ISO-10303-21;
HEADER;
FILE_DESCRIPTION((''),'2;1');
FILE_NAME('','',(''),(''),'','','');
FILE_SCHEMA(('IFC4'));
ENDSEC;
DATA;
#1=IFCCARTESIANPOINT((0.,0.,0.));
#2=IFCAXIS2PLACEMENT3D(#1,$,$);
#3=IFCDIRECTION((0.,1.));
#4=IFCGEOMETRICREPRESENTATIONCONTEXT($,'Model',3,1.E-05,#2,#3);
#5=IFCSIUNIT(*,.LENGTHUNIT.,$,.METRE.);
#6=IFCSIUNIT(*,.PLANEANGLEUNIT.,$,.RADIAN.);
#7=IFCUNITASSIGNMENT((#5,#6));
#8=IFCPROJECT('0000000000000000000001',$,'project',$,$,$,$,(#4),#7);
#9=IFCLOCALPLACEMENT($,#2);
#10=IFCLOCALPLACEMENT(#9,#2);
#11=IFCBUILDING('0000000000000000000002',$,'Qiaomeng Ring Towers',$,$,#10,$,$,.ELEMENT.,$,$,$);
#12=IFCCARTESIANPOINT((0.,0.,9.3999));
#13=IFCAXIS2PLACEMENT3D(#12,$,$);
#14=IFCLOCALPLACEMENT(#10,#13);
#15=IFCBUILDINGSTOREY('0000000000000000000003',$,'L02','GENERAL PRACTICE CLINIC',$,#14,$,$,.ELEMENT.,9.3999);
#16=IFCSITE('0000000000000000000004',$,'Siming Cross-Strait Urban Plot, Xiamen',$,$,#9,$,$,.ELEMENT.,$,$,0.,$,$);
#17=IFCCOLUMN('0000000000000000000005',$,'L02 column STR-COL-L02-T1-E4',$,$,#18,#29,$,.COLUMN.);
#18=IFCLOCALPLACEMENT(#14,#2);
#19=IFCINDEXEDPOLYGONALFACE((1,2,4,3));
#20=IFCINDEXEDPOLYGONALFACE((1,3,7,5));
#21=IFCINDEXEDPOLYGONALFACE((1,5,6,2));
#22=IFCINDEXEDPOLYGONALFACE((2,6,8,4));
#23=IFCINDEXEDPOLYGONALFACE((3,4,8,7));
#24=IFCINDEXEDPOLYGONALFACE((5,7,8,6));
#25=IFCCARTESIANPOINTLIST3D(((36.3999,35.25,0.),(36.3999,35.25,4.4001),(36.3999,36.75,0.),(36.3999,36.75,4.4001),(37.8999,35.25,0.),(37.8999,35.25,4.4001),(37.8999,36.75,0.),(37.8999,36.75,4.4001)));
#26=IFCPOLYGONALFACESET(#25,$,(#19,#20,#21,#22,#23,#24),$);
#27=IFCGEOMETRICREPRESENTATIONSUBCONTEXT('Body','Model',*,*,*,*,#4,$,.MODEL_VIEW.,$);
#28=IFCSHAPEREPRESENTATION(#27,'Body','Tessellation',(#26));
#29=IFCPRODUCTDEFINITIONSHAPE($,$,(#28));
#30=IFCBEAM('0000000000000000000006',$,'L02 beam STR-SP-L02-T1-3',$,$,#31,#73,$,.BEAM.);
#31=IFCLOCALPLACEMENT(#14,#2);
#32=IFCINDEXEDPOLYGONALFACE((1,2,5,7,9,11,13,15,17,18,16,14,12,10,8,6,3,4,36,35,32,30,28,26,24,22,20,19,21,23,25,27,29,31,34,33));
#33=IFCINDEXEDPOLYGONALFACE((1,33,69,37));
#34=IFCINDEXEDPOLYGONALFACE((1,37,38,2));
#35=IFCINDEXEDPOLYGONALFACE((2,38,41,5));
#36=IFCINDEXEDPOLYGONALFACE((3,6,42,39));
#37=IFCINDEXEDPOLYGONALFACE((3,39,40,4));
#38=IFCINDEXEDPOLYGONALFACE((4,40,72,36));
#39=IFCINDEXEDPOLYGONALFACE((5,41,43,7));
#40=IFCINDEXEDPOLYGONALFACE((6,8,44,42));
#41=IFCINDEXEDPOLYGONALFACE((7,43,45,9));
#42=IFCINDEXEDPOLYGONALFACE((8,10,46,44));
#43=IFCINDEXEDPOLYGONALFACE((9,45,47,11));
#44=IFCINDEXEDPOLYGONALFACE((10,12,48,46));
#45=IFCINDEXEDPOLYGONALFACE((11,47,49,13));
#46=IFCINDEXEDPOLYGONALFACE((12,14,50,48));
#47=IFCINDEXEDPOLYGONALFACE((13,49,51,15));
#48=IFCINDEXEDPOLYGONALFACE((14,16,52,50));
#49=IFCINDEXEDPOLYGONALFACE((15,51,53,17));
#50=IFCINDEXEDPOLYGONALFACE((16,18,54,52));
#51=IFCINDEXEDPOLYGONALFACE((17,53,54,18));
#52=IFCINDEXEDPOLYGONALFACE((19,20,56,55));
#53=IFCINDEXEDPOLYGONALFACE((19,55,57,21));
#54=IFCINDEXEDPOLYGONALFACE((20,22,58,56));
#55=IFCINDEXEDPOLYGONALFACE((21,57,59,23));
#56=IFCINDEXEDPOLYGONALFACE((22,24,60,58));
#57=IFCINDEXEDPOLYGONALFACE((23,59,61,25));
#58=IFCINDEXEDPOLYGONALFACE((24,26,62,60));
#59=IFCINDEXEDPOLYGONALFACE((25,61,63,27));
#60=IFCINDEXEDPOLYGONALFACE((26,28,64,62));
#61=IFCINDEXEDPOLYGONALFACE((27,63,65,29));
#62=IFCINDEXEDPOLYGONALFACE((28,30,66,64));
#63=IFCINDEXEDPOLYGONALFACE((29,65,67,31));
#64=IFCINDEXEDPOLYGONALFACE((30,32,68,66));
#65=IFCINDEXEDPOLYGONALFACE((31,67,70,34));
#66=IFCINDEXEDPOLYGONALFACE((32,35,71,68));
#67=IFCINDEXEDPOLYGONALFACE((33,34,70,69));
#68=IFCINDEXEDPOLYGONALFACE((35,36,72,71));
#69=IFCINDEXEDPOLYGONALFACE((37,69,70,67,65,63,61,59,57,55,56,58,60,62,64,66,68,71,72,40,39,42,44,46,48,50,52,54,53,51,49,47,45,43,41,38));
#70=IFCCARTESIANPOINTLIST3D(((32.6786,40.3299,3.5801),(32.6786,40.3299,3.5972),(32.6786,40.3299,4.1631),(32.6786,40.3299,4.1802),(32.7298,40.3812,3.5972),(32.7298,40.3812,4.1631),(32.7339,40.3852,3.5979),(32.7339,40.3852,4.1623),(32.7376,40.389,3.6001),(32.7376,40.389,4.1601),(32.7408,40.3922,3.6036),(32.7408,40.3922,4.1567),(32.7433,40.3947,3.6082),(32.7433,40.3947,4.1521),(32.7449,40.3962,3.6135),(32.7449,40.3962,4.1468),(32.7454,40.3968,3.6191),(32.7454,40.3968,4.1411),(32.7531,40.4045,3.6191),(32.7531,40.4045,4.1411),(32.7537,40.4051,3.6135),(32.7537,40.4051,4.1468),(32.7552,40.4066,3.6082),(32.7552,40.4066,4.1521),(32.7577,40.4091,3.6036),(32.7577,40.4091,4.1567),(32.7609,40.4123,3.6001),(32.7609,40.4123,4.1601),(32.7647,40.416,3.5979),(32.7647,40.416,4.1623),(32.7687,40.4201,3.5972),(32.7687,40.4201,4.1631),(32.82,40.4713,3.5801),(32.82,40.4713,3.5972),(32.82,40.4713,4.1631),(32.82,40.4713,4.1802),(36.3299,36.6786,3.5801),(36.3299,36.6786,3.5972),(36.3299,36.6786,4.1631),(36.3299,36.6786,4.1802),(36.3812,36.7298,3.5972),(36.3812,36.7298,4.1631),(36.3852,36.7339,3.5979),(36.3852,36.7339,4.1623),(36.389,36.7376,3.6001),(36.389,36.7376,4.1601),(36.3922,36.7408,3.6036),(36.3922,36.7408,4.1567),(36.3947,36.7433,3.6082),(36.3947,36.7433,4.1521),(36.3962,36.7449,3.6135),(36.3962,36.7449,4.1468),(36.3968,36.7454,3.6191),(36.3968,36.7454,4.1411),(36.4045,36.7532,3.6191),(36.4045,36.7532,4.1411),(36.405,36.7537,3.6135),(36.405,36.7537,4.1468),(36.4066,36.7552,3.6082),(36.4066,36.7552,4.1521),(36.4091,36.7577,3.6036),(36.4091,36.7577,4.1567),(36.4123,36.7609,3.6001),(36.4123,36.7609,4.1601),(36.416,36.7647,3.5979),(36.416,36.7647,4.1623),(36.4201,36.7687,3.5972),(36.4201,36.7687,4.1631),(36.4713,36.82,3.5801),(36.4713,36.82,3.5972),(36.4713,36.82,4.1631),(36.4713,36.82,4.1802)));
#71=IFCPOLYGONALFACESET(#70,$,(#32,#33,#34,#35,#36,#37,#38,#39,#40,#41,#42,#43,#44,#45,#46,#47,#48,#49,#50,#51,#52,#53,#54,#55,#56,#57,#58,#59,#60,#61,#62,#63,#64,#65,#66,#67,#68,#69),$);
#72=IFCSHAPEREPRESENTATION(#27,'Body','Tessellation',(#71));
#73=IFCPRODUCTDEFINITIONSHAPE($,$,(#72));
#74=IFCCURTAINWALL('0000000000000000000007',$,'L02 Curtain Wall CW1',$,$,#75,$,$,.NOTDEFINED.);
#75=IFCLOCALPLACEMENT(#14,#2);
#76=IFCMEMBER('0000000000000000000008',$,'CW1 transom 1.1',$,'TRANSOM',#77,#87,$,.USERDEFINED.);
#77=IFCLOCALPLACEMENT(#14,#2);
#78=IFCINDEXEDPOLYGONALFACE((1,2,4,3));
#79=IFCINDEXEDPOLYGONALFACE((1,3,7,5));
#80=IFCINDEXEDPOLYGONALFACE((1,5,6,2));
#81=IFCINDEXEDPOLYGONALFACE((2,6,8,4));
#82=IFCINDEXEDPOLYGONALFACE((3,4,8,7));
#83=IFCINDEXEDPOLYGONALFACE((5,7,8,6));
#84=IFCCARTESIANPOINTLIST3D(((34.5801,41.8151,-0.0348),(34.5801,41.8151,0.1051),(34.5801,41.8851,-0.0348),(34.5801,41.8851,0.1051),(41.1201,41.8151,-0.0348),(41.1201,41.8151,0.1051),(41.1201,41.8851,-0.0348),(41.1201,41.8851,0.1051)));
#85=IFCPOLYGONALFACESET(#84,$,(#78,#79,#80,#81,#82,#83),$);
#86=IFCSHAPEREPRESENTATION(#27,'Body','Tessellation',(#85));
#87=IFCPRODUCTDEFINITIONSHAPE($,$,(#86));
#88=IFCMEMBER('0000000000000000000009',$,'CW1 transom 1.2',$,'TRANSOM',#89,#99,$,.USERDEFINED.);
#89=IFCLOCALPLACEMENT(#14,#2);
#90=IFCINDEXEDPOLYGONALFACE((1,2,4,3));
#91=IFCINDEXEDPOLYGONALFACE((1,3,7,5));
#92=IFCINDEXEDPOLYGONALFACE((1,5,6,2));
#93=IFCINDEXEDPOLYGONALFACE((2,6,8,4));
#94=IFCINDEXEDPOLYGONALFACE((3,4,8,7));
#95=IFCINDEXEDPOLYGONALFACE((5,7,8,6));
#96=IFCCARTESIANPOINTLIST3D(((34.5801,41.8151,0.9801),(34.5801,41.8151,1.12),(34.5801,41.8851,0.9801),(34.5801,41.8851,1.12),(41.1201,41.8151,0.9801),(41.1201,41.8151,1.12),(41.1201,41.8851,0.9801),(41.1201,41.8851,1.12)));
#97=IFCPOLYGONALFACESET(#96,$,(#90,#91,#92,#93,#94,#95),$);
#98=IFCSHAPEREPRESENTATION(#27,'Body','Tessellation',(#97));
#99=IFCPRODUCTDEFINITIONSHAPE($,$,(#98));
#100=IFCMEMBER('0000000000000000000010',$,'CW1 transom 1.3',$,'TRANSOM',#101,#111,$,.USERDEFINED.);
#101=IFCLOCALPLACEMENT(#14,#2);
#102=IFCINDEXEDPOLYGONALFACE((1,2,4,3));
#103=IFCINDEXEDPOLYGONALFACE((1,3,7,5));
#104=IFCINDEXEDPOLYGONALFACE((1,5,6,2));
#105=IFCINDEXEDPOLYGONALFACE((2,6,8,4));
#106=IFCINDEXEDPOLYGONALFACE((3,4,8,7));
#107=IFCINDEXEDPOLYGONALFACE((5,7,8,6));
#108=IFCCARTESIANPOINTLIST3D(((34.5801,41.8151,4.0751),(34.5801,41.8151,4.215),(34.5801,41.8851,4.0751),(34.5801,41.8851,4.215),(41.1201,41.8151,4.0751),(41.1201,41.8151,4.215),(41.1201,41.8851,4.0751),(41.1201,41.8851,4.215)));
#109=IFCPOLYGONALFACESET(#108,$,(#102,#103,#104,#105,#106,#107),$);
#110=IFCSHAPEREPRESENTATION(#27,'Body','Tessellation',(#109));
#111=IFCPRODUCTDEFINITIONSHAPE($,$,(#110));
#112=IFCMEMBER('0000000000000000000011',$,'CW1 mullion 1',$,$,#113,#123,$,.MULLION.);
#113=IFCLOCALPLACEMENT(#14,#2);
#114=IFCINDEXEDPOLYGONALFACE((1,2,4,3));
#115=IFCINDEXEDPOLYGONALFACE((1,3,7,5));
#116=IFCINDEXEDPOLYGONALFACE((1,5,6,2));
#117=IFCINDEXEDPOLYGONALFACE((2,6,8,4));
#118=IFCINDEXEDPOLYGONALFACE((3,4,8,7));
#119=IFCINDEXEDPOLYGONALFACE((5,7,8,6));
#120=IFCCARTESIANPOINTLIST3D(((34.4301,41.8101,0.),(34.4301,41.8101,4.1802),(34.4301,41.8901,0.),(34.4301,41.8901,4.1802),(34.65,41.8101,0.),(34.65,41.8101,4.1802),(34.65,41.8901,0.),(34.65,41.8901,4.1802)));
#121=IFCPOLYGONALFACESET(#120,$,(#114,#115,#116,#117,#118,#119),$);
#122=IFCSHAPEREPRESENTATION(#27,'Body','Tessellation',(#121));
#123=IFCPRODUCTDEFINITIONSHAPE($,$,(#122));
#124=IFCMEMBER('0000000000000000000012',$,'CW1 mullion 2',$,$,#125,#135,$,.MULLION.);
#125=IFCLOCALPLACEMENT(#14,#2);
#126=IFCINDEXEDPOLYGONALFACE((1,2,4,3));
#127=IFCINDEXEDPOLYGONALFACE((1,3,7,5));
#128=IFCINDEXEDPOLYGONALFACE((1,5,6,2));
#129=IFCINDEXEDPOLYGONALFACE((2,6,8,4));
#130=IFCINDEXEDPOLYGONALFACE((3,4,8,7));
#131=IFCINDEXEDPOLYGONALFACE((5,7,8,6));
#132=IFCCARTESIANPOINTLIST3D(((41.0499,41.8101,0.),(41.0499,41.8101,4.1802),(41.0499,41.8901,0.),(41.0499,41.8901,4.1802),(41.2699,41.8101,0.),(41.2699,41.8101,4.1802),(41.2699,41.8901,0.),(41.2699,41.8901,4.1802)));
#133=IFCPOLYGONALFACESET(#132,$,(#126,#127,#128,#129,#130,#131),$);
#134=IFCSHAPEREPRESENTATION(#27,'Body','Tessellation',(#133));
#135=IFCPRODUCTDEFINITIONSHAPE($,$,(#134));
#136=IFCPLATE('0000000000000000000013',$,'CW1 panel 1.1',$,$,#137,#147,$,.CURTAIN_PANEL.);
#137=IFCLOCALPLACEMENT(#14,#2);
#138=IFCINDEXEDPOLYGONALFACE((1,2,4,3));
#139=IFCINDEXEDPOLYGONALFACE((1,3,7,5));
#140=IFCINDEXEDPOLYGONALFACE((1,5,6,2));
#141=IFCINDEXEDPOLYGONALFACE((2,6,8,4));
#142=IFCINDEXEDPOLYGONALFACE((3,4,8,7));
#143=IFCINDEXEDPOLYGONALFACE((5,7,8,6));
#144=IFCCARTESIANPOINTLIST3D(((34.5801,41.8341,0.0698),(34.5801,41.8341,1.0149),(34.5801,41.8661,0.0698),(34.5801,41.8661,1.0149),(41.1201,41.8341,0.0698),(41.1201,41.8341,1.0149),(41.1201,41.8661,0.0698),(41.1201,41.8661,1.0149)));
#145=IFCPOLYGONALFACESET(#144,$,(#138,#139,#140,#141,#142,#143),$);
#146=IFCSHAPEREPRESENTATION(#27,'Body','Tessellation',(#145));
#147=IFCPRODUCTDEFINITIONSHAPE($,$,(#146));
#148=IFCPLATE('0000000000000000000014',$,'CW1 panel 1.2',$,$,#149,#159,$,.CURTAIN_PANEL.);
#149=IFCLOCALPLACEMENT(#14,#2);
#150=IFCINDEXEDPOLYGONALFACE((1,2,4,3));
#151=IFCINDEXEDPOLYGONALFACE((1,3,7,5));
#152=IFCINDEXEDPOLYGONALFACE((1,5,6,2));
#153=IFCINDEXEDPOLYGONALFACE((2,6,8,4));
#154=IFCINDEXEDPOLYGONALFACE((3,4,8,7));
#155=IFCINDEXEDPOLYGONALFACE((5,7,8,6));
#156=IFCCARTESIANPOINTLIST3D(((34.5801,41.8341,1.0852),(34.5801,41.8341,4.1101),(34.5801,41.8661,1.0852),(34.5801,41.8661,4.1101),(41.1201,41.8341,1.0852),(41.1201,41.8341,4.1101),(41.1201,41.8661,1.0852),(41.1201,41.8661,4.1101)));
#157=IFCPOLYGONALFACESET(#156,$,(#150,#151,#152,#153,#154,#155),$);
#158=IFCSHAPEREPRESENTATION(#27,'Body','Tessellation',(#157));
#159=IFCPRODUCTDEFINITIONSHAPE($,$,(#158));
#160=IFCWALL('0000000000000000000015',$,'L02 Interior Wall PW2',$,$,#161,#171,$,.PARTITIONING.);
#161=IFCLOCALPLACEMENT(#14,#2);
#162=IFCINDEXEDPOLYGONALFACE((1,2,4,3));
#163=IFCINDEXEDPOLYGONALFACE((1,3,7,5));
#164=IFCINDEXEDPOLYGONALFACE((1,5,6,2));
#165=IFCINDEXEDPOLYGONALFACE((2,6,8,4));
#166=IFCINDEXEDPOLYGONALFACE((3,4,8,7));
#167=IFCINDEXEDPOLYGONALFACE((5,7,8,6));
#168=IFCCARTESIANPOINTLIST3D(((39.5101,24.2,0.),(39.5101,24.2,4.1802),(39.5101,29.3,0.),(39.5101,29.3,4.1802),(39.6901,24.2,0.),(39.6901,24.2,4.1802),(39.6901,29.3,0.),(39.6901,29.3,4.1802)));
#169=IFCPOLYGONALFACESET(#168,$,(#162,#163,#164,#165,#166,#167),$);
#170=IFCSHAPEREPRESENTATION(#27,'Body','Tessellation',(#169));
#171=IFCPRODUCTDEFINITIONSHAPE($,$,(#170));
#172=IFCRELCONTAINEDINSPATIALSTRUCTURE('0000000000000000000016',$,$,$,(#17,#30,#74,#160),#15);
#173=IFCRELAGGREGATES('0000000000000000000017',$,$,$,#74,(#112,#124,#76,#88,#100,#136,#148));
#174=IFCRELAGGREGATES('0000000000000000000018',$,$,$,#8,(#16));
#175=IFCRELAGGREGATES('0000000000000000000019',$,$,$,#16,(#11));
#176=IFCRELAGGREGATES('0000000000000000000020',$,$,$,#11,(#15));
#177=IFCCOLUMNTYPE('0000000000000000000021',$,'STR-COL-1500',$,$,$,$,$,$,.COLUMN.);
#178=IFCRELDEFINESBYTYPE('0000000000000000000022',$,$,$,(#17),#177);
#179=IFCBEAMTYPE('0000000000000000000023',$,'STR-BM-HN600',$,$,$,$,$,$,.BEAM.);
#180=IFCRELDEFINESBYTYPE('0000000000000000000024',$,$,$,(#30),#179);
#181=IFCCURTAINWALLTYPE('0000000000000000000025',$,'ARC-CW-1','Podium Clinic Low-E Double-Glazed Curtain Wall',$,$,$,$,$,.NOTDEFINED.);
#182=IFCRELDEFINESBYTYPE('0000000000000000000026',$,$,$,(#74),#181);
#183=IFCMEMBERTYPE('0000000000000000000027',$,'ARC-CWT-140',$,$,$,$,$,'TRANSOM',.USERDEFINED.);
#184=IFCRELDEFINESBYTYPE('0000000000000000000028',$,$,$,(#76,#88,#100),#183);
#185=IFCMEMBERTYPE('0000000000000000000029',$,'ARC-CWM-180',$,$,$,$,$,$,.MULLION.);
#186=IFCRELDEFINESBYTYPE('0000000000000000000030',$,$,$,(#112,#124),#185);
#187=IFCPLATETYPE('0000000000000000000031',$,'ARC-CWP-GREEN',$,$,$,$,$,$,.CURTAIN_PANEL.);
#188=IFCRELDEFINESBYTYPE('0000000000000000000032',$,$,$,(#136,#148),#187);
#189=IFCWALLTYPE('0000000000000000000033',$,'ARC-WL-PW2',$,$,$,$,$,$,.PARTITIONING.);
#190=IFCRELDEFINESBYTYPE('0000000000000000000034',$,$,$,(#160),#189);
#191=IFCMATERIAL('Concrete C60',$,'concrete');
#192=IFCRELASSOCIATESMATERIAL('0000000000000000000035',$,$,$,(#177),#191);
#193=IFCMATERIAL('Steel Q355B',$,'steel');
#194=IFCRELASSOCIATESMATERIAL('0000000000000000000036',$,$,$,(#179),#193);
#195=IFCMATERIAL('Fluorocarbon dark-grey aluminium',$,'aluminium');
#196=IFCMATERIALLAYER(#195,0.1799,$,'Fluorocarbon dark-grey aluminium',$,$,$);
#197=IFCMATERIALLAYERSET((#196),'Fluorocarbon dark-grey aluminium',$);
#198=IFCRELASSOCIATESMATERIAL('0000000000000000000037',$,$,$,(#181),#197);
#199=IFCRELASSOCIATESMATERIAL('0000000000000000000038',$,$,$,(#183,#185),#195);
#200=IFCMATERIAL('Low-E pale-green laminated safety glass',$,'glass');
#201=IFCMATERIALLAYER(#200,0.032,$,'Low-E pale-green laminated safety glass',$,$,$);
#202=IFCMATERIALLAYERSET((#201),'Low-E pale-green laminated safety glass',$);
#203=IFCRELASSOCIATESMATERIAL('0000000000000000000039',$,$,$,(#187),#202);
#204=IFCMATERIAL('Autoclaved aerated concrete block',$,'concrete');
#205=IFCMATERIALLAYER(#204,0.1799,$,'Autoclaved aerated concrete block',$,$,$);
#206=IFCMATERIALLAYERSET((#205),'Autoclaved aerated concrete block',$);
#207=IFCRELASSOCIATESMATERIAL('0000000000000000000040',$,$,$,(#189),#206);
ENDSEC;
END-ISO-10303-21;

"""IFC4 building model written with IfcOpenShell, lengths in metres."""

from ifc_helpers import new_model, si_unit, direction, frame, frame_2d, origin, origin_2d, place, context, subcontext, project, spatial, rectangle, i_section, extrude, source, transform, mapped, material, layer, layer_set, material_profile, profile_set, type_object, element, aggregate, save


model = new_model("IFC4")

# Units and contexts
model_context = context("Model", 3, precision=1e-05, world=origin(), true_north=direction((0.0, 1.0)))
body_context = subcontext(model_context, "Body", "Model", "MODEL_VIEW")
ifc_project = project(units=[si_unit("LENGTHUNIT", "METRE"), si_unit("PLANEANGLEUNIT", "RADIAN")], contexts=[model_context])

# Site, building, storey
site_placement = place(None, origin())
site = spatial("IfcSite", under=ifc_project, at=site_placement, Name="Siming Cross-Strait Urban Plot, Xiamen", CompositionType="ELEMENT", RefElevation=0.0)
building_placement = place(site_placement, origin())
building = spatial("IfcBuilding", under=site, at=building_placement, Name="Qiaomeng Ring Towers", CompositionType="ELEMENT")
storey_placement = place(building_placement, frame((0.0, 0.0, 9.3999)))
storey = spatial("IfcBuildingStorey", under=building, at=storey_placement, Name="L02", Description="GENERAL PRACTICE CLINIC", CompositionType="ELEMENT", Elevation=9.3999)

# Column
ifc_material_1 = material(Name="Concrete C60", Category="concrete")
ifc_material_profile_1 = material_profile(ifc_material_1, rectangle(XDim=1.5, YDim=1.5, at=origin_2d()), Name="RC COL 1500x1500")
ifc_profile_set_1 = profile_set([ifc_material_profile_1], Name="Concrete C60")
column_type = type_object("IfcColumnType", Name="STR-COL-1500", PredefinedType="COLUMN", material=ifc_profile_set_1)
shared_shape_1 = source(origin(), body_context, "Body", "SweptSolid", [
    extrude(rectangle(XDim=1.5, YDim=1.5, at=origin_2d()), origin(), (0.0, 0.0, 1.0), 4.4001),
])
column_placement = place(storey_placement, frame((37.1499, 36.0, 0.0), z_axis=(0.0, 0.0, 1.0), x_axis=(1.0, 0.0, 0.0)))
element("IfcColumn", 1, at=column_placement, inside=storey, type_object=column_type, Name="L02 column STR-COL-L02-T1-E4", PredefinedType="COLUMN", context=body_context, shape_type="MappedRepresentation", body=[
    mapped(shared_shape_1, transform((0.0, 0.0, 0.0), x_axis=(1.0, 0.0, 0.0), y_axis=(0.0, 1.0, 0.0), z_axis=(0.0, 0.0, 1.0), scale=1.0)),
])

# Beam
ifc_material_2 = material(Name="Steel Q355B", Category="steel")
ifc_material_profile_2 = material_profile(ifc_material_2, i_section(OverallWidth=0.2, OverallDepth=0.6001, WebThickness=0.011, FlangeThickness=0.0171, FilletRadius=0.022, at=origin_2d()), Name="HN 600x200x11x17")
ifc_profile_set_2 = profile_set([ifc_material_profile_2], Name="Steel Q355B")
beam_type = type_object("IfcBeamType", Name="STR-BM-HN600", PredefinedType="BEAM", material=ifc_profile_set_2)
shared_shape_2 = source(origin(), body_context, "Body", "SweptSolid", [
    extrude(i_section(OverallWidth=0.2, OverallDepth=0.6001, WebThickness=0.011, FlangeThickness=0.0171, FilletRadius=0.022, at=origin_2d()), origin(), (0.0, 0.0, 1.0), 5.1638),
])
beam_placement = place(storey_placement, frame((36.4006, 36.7493, 3.8801), z_axis=(-0.707107, 0.707107, 0.0), x_axis=(-0.707107, -0.707107, 0.0)))
element("IfcBeam", 2, at=beam_placement, inside=storey, type_object=beam_type, Name="L02 beam STR-SP-L02-T1-3", PredefinedType="BEAM", context=body_context, shape_type="MappedRepresentation", body=[
    mapped(shared_shape_2, transform((0.0, 0.0, 0.0), x_axis=(1.0, 0.0, 0.0), y_axis=(0.0, 1.0, 0.0), z_axis=(0.0, 0.0, 1.0), scale=1.0)),
])

# Curtain wall, members, plates
ifc_material_3 = material(Name="Fluorocarbon dark-grey aluminium", Category="aluminium")
ifc_layer_1 = layer(ifc_material_3, 0.1799, Name="Fluorocarbon dark-grey aluminium")
ifc_layer_set_1 = layer_set([ifc_layer_1], Name="Fluorocarbon dark-grey aluminium")
curtain_wall_type = type_object("IfcCurtainWallType", Name="ARC-CW-1", Description="Podium Clinic Low-E Double-Glazed Curtain Wall", PredefinedType="NOTDEFINED", material=ifc_layer_set_1)
curtain_wall_placement = place(storey_placement, origin())
curtain_wall = element("IfcCurtainWall", 3, at=curtain_wall_placement, inside=storey, type_object=curtain_wall_type, Name="L02 Curtain Wall CW1", PredefinedType="NOTDEFINED")
ifc_material_profile_3 = material_profile(ifc_material_3, rectangle(XDim=0.0701, YDim=0.1399, at=origin_2d()), Name="ALU TRAN 70x140")
ifc_profile_set_3 = profile_set([ifc_material_profile_3], Name="Fluorocarbon dark-grey aluminium")
member_type_1 = type_object("IfcMemberType", Name="ARC-CWT-140", ElementType="TRANSOM", PredefinedType="USERDEFINED", material=ifc_profile_set_3)
shared_shape_3 = source(origin(), body_context, "Body", "SweptSolid", [
    extrude(rectangle(XDim=0.0701, YDim=0.1399, at=origin_2d()), origin(), (0.0, 0.0, 1.0), 6.54),
])
member_1_placement = place(storey_placement, frame((34.5801, 41.8501, 0.0352), z_axis=(1.0, 0.0, 0.0), x_axis=(0.0, 1.0, 0.0)))
member_1 = element("IfcMember", 4, at=member_1_placement, type_object=member_type_1, Name="CW1 transom 1.1", ObjectType="TRANSOM", PredefinedType="USERDEFINED", context=body_context, shape_type="MappedRepresentation", body=[
    mapped(shared_shape_3, transform((0.0, 0.0, 0.0), x_axis=(1.0, 0.0, 0.0), y_axis=(0.0, 1.0, 0.0), z_axis=(0.0, 0.0, 1.0), scale=1.0)),
])
member_2_placement = place(storey_placement, frame((34.5801, 41.8501, 1.05), z_axis=(1.0, 0.0, 0.0), x_axis=(0.0, 1.0, 0.0)))
member_2 = element("IfcMember", 5, at=member_2_placement, type_object=member_type_1, Name="CW1 transom 1.2", ObjectType="TRANSOM", PredefinedType="USERDEFINED", context=body_context, shape_type="MappedRepresentation", body=[
    mapped(shared_shape_3, transform((0.0, 0.0, 0.0), x_axis=(1.0, 0.0, 0.0), y_axis=(0.0, 1.0, 0.0), z_axis=(0.0, 0.0, 1.0), scale=1.0)),
])
member_3_placement = place(storey_placement, frame((34.5801, 41.8501, 4.145), z_axis=(1.0, 0.0, 0.0), x_axis=(0.0, 1.0, 0.0)))
member_3 = element("IfcMember", 6, at=member_3_placement, type_object=member_type_1, Name="CW1 transom 1.3", ObjectType="TRANSOM", PredefinedType="USERDEFINED", context=body_context, shape_type="MappedRepresentation", body=[
    mapped(shared_shape_3, transform((0.0, 0.0, 0.0), x_axis=(1.0, 0.0, 0.0), y_axis=(0.0, 1.0, 0.0), z_axis=(0.0, 0.0, 1.0), scale=1.0)),
])
ifc_material_profile_4 = material_profile(ifc_material_3, rectangle(XDim=0.0801, YDim=0.22, at=origin_2d()), Name="ALU MULL 80x220")
ifc_profile_set_4 = profile_set([ifc_material_profile_4], Name="Fluorocarbon dark-grey aluminium")
member_type_2 = type_object("IfcMemberType", Name="ARC-CWM-180", PredefinedType="MULLION", material=ifc_profile_set_4)
shared_shape_4 = source(origin(), body_context, "Body", "SweptSolid", [
    extrude(rectangle(XDim=0.0801, YDim=0.22, at=origin_2d()), origin(), (0.0, 0.0, 1.0), 4.1802),
])
member_4_placement = place(storey_placement, frame((34.54, 41.8501, 0.0), z_axis=(0.0, 0.0, 1.0), x_axis=(0.0, 1.0, 0.0)))
member_4 = element("IfcMember", 7, at=member_4_placement, type_object=member_type_2, Name="CW1 mullion 1", PredefinedType="MULLION", context=body_context, shape_type="MappedRepresentation", body=[
    mapped(shared_shape_4, transform((0.0, 0.0, 0.0), x_axis=(1.0, 0.0, 0.0), y_axis=(0.0, 1.0, 0.0), z_axis=(0.0, 0.0, 1.0), scale=1.0)),
])
member_5_placement = place(storey_placement, frame((41.1599, 41.8501, 0.0), z_axis=(0.0, 0.0, 1.0), x_axis=(0.0, 1.0, 0.0)))
member_5 = element("IfcMember", 8, at=member_5_placement, type_object=member_type_2, Name="CW1 mullion 2", PredefinedType="MULLION", context=body_context, shape_type="MappedRepresentation", body=[
    mapped(shared_shape_4, transform((0.0, 0.0, 0.0), x_axis=(1.0, 0.0, 0.0), y_axis=(0.0, 1.0, 0.0), z_axis=(0.0, 0.0, 1.0), scale=1.0)),
])
ifc_material_4 = material(Name="Low-E pale-green laminated safety glass", Category="glass")
ifc_layer_2 = layer(ifc_material_4, 0.032, Name="Low-E pale-green laminated safety glass")
ifc_layer_set_2 = layer_set([ifc_layer_2], Name="Low-E pale-green laminated safety glass")
plate_type = type_object("IfcPlateType", Name="ARC-CWP-GREEN", PredefinedType="CURTAIN_PANEL", material=ifc_layer_set_2)
shared_shape_5 = source(origin(), body_context, "Body", "SweptSolid", [
    extrude(rectangle(XDim=6.54, YDim=0.032, at=origin_2d()), origin(), (0.0, 0.0, 1.0), 0.9451),
])
plate_1_placement = place(storey_placement, frame((37.8501, 41.8501, 0.0698), z_axis=(0.0, 0.0, 1.0), x_axis=(1.0, 0.0, 0.0)))
plate_1 = element("IfcPlate", 9, at=plate_1_placement, type_object=plate_type, Name="CW1 panel 1.1", PredefinedType="CURTAIN_PANEL", context=body_context, shape_type="MappedRepresentation", body=[
    mapped(shared_shape_5, transform((0.0, 0.0, 0.0), x_axis=(1.0, 0.0, 0.0), y_axis=(0.0, 1.0, 0.0), z_axis=(0.0, 0.0, 1.0), scale=1.0)),
])
shared_shape_6 = source(origin(), body_context, "Body", "SweptSolid", [
    extrude(rectangle(XDim=6.54, YDim=0.032, at=origin_2d()), origin(), (0.0, 0.0, 1.0), 3.0249),
])
plate_2_placement = place(storey_placement, frame((37.8501, 41.8501, 1.0852), z_axis=(0.0, 0.0, 1.0), x_axis=(1.0, 0.0, 0.0)))
plate_2 = element("IfcPlate", 10, at=plate_2_placement, type_object=plate_type, Name="CW1 panel 1.2", PredefinedType="CURTAIN_PANEL", context=body_context, shape_type="MappedRepresentation", body=[
    mapped(shared_shape_6, transform((0.0, 0.0, 0.0), x_axis=(1.0, 0.0, 0.0), y_axis=(0.0, 1.0, 0.0), z_axis=(0.0, 0.0, 1.0), scale=1.0)),
])
aggregate(curtain_wall, [member_4, member_5, member_1, member_2, member_3, plate_1, plate_2])

# Wall
ifc_material_5 = material(Name="Autoclaved aerated concrete block", Category="concrete")
ifc_layer_3 = layer(ifc_material_5, 0.1799, Name="Autoclaved aerated concrete block")
ifc_layer_set_3 = layer_set([ifc_layer_3], Name="Autoclaved aerated concrete block")
wall_type_1 = type_object("IfcWallType", Name="ARC-WL-PW2", PredefinedType="PARTITIONING", material=ifc_layer_set_3)
wall_1_placement = place(storey_placement, frame((39.6001, 24.2, 0.0), z_axis=(0.0, 0.0, 1.0), x_axis=(0.0, 1.0, 0.0)))
element("IfcWall", 11, at=wall_1_placement, inside=storey, type_object=wall_type_1, Name="L02 Interior Wall PW2", PredefinedType="PARTITIONING", context=body_context, shape_type="SweptSolid", body=[
    extrude(rectangle(XDim=5.1001, YDim=0.1799, at=frame_2d((2.55, 0.0))), origin(), (0.0, 0.0, 1.0), 4.1802),
])

save(model, "model.ifc")
